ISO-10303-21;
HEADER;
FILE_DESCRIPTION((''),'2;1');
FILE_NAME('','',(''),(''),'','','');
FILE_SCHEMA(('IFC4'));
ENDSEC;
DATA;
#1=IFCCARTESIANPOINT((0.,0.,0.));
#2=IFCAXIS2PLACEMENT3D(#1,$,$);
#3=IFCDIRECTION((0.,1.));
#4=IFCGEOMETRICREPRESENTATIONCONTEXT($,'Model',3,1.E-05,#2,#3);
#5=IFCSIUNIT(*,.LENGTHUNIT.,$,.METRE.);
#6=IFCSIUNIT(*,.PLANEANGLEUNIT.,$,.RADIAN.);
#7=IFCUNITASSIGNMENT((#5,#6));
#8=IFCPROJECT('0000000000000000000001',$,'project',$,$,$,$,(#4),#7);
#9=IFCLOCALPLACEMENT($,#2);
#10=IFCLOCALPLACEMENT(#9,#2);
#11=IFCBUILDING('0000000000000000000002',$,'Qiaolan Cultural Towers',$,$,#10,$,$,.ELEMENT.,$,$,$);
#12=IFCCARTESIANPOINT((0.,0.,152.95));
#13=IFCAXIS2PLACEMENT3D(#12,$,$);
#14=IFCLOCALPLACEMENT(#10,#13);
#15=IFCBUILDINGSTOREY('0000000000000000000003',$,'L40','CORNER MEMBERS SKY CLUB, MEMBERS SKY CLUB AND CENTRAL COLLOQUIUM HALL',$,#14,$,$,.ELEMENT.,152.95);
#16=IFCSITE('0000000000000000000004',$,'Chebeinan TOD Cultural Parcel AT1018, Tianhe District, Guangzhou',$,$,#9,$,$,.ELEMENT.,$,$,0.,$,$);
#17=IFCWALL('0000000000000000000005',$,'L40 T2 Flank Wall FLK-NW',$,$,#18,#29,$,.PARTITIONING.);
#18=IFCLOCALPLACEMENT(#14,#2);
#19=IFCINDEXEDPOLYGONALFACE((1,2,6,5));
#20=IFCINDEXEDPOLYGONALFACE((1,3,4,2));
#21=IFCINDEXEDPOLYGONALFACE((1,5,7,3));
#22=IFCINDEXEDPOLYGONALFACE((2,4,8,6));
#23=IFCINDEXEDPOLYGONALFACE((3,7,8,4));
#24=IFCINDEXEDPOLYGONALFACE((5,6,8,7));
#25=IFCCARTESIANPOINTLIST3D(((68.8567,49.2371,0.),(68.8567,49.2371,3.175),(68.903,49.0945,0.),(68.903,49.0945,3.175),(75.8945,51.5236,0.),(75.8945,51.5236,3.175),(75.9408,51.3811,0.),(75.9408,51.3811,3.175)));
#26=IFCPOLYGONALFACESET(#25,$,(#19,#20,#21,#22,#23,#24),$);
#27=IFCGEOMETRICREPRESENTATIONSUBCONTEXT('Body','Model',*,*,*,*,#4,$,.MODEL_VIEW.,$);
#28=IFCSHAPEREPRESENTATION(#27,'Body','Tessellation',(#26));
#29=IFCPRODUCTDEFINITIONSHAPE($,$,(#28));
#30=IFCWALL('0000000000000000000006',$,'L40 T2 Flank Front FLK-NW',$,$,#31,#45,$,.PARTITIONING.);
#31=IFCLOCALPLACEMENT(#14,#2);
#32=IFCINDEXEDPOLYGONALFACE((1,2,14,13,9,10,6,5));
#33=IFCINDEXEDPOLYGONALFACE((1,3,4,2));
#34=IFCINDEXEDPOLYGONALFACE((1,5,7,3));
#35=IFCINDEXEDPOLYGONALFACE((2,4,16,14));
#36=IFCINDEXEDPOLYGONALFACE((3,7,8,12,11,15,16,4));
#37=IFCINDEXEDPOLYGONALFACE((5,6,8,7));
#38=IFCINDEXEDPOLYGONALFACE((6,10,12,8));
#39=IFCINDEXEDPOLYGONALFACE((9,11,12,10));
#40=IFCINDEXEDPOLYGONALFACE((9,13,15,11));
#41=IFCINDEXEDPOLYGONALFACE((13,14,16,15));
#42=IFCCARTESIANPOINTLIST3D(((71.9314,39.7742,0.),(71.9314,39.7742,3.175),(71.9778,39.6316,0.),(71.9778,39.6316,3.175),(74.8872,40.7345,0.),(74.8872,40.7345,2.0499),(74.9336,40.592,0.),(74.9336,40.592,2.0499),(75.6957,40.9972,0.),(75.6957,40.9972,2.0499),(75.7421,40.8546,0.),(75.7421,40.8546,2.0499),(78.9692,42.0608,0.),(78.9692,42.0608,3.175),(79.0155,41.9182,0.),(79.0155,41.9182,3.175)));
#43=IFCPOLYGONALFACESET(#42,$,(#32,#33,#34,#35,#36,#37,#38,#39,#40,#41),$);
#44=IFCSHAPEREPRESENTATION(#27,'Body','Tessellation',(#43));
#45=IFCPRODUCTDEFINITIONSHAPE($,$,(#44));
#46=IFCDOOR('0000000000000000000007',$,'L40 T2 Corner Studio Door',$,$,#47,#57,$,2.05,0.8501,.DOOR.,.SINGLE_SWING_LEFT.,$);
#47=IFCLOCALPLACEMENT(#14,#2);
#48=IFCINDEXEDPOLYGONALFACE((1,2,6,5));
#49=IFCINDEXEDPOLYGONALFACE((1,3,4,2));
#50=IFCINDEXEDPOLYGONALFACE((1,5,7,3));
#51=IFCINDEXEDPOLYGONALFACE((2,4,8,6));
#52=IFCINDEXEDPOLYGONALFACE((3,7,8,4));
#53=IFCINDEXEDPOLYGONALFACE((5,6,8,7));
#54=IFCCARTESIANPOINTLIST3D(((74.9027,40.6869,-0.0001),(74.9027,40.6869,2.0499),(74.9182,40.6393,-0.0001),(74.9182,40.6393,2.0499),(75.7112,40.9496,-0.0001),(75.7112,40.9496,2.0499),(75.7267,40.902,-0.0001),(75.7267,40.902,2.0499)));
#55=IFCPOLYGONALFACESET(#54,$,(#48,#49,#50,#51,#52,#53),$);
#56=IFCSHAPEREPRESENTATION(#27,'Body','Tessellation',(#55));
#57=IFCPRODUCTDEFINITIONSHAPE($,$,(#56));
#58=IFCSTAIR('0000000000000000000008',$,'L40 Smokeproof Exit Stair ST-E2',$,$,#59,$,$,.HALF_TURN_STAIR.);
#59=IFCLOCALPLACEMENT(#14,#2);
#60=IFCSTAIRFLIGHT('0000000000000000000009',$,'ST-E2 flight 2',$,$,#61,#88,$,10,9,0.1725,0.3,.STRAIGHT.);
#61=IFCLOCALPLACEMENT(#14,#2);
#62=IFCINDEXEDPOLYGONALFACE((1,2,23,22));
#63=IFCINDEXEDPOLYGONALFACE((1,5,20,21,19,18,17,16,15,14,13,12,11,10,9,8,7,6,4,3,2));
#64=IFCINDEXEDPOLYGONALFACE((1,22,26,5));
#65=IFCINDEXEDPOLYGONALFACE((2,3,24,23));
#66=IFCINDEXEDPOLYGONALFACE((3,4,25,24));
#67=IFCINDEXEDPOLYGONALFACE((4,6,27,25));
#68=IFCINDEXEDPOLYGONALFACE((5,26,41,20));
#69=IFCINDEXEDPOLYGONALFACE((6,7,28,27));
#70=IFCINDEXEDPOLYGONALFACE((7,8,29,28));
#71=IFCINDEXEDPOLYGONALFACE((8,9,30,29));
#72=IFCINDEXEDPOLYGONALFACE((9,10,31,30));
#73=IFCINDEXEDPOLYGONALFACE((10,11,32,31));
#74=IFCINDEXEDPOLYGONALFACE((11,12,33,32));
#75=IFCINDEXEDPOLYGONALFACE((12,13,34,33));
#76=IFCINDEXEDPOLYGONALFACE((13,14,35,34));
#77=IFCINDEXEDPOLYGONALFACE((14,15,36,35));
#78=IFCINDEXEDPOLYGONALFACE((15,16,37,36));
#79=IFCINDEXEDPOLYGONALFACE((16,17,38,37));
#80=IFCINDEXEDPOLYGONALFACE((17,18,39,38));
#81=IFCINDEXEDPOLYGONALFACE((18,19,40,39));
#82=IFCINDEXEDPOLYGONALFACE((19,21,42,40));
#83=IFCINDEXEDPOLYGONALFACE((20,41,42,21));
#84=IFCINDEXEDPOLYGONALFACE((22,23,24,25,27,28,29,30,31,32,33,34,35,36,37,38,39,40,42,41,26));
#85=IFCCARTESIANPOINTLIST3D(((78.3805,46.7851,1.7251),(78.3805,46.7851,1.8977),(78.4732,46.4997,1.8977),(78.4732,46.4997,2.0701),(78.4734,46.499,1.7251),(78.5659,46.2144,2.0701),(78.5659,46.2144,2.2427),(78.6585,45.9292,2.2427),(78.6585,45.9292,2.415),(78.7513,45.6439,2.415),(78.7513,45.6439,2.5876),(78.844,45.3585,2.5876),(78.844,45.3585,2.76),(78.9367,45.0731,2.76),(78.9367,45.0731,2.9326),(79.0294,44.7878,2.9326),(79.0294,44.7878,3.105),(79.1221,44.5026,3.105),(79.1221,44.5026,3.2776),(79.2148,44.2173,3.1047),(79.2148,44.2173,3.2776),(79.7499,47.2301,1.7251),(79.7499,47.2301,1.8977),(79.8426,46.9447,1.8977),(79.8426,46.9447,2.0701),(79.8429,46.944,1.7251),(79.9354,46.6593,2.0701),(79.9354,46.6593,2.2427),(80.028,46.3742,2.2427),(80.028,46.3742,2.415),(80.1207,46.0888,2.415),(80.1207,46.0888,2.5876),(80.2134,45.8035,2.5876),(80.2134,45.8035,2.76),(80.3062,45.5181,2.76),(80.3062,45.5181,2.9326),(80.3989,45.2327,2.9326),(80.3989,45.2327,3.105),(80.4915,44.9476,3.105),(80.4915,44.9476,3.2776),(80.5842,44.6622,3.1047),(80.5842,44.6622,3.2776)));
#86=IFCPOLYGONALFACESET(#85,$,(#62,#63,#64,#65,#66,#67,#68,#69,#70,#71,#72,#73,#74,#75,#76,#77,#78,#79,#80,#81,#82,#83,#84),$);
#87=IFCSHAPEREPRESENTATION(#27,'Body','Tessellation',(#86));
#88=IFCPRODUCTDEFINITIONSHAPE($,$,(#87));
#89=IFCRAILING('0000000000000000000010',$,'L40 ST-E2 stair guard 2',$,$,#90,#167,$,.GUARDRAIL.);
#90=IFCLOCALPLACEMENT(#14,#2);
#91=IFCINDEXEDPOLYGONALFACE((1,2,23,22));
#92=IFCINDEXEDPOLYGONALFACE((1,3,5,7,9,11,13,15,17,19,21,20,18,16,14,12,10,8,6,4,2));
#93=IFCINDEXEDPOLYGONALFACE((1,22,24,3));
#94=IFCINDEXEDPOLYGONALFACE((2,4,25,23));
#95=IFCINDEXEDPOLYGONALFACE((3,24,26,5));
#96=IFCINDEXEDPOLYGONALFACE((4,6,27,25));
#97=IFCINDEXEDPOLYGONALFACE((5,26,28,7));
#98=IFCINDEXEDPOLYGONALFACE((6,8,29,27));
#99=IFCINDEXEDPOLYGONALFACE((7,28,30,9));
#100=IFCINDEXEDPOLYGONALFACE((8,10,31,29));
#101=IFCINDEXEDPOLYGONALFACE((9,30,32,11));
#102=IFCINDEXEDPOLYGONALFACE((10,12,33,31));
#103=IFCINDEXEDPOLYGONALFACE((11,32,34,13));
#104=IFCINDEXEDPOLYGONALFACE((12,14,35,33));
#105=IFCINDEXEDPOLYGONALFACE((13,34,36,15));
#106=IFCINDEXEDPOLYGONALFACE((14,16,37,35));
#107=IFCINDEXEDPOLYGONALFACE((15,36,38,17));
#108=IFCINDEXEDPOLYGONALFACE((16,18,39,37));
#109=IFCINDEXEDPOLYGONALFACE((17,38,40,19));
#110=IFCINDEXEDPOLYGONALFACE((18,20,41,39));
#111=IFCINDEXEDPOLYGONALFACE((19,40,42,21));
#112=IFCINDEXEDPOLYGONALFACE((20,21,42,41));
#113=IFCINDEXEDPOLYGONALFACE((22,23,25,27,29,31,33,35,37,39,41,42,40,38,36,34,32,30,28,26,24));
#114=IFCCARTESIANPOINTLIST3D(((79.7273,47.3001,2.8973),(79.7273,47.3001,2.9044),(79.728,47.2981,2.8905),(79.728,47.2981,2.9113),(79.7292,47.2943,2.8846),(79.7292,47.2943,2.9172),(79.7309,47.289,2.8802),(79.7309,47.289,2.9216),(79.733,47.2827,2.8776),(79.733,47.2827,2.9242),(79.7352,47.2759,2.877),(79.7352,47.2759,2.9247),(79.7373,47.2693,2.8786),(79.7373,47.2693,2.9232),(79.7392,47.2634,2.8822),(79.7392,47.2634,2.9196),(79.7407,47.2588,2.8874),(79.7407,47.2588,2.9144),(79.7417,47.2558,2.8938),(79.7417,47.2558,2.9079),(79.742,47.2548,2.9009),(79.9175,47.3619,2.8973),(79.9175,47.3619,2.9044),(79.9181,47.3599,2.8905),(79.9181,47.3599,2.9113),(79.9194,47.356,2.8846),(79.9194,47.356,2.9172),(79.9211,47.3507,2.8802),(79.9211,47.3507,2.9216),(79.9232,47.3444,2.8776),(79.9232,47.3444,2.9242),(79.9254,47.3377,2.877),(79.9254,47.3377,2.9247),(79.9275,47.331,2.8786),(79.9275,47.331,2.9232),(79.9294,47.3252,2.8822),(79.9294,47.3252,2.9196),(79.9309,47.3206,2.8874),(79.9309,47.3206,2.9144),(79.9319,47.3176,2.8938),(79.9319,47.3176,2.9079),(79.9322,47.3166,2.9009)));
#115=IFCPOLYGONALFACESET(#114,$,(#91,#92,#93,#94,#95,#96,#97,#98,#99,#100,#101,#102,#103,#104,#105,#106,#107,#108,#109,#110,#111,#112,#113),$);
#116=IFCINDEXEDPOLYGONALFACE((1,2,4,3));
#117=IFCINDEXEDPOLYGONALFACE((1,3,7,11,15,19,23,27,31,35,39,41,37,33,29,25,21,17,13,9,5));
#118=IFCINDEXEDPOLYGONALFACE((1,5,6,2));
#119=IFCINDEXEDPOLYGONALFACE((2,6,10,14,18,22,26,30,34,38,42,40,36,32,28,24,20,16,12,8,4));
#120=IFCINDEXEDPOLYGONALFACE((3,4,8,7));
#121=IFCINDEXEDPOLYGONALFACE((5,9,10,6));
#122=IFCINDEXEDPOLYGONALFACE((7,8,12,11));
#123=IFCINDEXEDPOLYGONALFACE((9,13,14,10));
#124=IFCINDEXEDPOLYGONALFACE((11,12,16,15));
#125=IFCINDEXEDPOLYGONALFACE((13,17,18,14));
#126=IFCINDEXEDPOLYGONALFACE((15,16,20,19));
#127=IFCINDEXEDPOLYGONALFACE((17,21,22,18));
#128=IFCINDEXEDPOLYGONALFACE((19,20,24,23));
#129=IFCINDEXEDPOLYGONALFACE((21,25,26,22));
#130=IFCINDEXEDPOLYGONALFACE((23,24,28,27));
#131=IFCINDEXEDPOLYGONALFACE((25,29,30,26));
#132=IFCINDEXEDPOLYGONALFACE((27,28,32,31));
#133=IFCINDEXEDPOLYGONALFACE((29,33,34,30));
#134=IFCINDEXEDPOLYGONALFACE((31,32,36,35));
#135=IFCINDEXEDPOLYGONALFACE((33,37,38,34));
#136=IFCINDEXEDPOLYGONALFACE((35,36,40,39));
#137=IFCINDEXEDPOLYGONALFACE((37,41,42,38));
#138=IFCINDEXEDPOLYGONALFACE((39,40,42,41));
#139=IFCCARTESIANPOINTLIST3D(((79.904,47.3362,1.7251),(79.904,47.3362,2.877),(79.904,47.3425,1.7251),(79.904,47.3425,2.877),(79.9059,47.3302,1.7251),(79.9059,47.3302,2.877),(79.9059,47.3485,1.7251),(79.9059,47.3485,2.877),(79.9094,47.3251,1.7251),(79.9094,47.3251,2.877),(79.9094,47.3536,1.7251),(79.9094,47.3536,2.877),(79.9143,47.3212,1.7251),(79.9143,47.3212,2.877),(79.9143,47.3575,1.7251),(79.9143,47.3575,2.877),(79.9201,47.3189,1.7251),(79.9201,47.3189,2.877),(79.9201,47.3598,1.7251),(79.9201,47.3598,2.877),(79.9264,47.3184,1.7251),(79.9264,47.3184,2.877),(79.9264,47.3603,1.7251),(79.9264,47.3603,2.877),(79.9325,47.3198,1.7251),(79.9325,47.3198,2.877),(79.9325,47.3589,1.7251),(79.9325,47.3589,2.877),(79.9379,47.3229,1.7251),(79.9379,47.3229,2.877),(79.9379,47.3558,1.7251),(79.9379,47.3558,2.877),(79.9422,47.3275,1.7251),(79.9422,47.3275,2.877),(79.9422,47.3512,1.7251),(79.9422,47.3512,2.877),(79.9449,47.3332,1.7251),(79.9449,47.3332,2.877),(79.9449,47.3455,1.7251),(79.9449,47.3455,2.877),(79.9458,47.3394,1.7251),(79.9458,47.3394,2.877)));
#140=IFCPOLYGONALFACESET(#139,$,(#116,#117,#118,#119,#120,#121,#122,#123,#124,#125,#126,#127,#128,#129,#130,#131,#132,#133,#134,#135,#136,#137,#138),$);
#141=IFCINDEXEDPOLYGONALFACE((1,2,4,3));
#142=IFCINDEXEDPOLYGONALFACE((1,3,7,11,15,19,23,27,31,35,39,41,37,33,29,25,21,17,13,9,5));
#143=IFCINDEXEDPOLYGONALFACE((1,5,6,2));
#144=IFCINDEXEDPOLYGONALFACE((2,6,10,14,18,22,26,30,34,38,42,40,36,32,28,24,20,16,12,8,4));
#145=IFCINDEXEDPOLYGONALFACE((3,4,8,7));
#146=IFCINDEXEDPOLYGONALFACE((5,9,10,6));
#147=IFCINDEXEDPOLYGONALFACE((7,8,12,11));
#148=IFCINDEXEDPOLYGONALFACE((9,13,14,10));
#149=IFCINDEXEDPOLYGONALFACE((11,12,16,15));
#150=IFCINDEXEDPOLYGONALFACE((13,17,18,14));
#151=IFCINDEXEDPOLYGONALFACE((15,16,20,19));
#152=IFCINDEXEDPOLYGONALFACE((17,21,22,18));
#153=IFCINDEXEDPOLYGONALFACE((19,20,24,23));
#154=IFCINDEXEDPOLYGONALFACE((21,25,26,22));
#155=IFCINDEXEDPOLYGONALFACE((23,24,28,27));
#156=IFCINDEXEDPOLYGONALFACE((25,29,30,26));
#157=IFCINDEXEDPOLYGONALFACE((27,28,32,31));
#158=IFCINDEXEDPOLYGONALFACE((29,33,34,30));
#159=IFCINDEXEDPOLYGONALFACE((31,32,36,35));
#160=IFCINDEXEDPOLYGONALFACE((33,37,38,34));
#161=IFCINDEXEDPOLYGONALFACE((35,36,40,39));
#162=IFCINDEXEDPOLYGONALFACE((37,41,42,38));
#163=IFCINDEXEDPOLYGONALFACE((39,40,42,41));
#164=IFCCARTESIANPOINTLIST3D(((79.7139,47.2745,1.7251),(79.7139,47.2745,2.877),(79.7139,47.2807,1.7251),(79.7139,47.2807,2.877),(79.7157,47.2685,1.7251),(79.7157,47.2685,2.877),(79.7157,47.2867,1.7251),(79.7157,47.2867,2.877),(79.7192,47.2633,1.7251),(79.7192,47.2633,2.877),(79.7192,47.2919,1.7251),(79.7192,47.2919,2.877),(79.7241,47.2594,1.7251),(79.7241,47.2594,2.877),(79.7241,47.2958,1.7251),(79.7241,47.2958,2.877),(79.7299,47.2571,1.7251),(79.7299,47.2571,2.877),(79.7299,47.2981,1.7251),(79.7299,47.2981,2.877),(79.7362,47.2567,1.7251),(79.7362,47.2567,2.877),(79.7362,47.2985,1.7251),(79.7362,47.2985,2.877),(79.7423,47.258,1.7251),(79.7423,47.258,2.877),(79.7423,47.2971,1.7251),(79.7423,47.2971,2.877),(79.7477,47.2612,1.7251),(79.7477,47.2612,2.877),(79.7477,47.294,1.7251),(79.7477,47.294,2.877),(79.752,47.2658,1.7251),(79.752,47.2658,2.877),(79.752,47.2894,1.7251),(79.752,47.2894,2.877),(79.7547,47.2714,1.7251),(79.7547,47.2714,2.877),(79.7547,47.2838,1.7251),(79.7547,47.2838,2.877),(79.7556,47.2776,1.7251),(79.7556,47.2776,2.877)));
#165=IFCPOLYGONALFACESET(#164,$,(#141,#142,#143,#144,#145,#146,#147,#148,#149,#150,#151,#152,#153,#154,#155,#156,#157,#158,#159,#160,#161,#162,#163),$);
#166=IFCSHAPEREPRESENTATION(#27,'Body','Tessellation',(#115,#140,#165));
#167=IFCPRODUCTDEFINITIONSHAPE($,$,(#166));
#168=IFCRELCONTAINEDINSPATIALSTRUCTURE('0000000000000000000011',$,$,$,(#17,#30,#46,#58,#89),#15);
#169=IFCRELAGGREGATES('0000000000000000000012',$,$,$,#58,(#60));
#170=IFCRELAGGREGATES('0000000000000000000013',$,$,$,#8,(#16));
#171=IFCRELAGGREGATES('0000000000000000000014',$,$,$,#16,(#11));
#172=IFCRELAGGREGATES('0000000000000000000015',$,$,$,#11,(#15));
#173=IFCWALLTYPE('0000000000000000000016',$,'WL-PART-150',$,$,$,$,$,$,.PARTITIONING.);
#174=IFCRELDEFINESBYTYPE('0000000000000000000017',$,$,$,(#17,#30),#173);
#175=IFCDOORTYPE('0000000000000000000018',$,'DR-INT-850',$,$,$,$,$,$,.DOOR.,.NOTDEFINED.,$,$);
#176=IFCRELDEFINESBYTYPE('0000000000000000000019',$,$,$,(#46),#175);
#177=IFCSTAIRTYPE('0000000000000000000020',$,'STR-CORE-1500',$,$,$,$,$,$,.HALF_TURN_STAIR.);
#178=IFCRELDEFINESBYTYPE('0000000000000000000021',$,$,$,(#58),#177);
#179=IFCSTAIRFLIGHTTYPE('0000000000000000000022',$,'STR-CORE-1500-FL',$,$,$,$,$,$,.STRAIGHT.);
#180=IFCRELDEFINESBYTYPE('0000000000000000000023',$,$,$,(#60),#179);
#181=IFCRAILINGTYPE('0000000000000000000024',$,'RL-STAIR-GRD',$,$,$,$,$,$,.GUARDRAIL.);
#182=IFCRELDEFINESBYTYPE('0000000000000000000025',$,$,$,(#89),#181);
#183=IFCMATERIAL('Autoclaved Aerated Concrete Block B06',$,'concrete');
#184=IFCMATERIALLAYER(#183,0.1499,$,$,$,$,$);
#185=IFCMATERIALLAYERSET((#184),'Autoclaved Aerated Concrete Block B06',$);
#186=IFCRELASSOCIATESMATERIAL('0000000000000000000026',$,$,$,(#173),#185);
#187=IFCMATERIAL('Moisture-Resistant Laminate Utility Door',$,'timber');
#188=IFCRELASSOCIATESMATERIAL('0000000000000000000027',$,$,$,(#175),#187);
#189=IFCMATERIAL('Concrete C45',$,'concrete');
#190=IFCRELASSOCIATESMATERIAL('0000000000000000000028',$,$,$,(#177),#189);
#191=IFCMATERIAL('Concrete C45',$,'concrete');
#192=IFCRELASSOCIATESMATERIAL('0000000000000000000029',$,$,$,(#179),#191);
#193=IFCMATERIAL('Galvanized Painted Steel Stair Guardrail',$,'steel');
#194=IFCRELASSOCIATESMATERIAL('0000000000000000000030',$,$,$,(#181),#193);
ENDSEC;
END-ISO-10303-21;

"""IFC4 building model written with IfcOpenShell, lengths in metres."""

from ifc_helpers import new_model, si_unit, direction, frame, frame_2d, origin, origin_2d, place, context, subcontext, project, spatial, polyline, rectangle, circle, outline, extrude, material, layer, layer_set, type_object, element, fill, aggregate, save


model = new_model("IFC4")

# Units and contexts
model_context = context("Model", 3, precision=1e-05, world=origin(), true_north=direction((0.0, 1.0)))
body_context = subcontext(model_context, "Body", "Model", "MODEL_VIEW")
ifc_project = project(units=[si_unit("LENGTHUNIT", "METRE"), si_unit("PLANEANGLEUNIT", "RADIAN")], contexts=[model_context])

# Site, building, storey
site_placement = place(None, origin())
site = spatial("IfcSite", under=ifc_project, at=site_placement, Name="Chebeinan TOD Cultural Parcel AT1018, Tianhe District, Guangzhou", CompositionType="ELEMENT", RefElevation=0.0)
building_placement = place(site_placement, origin())
building = spatial("IfcBuilding", under=site, at=building_placement, Name="Qiaolan Cultural Towers", CompositionType="ELEMENT")
storey_placement = place(building_placement, frame((0.0, 0.0, 152.95)))
storey = spatial("IfcBuildingStorey", under=building, at=storey_placement, Name="L40", Description="CORNER MEMBERS SKY CLUB, MEMBERS SKY CLUB AND CENTRAL COLLOQUIUM HALL", CompositionType="ELEMENT", Elevation=152.95)

# Wall
ifc_material_1 = material(Name="Autoclaved Aerated Concrete Block B06", Category="concrete")
ifc_layer_1 = layer(ifc_material_1, 0.1499)
ifc_layer_set_1 = layer_set([ifc_layer_1], Name="Autoclaved Aerated Concrete Block B06")
wall_type_1 = type_object("IfcWallType", Name="WL-PART-150", PredefinedType="PARTITIONING", material=ifc_layer_set_1)
wall_1_placement = place(storey_placement, frame((68.8799, 49.1658, 0.0), z_axis=(0.0, 0.0, 1.0), x_axis=(0.951061, 0.309003, 0.0)))
element("IfcWall", 1, at=wall_1_placement, inside=storey, type_object=wall_type_1, Name="L40 T2 Flank Wall FLK-NW", PredefinedType="PARTITIONING", context=body_context, shape_type="SweptSolid", body=[
    extrude(rectangle(XDim=7.3999, YDim=0.1499, at=frame_2d((3.7, 0.0))), origin(), (0.0, 0.0, 1.0), 3.175),
])

# Wall, opening, door
wall_2_placement = place(storey_placement, frame((71.9546, 39.7029, 0.0), z_axis=(0.0, 0.0, 1.0), x_axis=(0.951061, 0.309003, 0.0)))
wall_2 = element("IfcWall", 2, at=wall_2_placement, inside=storey, type_object=wall_type_1, Name="L40 T2 Flank Front FLK-NW", PredefinedType="PARTITIONING", context=body_context, shape_type="SweptSolid", body=[
    extrude(rectangle(XDim=7.3999, YDim=0.1499, at=frame_2d((3.7, 0.0))), origin(), (0.0, 0.0, 1.0), 3.175),
])
opening_placement = place(wall_2_placement, frame((3.1079, 0.0, 0.0)))
opening = element("IfcOpeningElement", 3, at=opening_placement, cuts=wall_2, PredefinedType="OPENING", context=body_context, shape_type="SweptSolid", body=[
    extrude(rectangle(XDim=0.8501, YDim=2.05, at=frame_2d((0.425, 1.0249))), frame((0.0, 0.085, 0.0), z_axis=(0.0, -1.0, 0.0), x_axis=(1.0, 0.0, 0.0)), (0.0, 0.0, 1.0), 0.1699),
])
ifc_material_2 = material(Name="Moisture-Resistant Laminate Utility Door", Category="timber")
door_type = type_object("IfcDoorType", Name="DR-INT-850", OperationType="NOTDEFINED", PredefinedType="DOOR", material=ifc_material_2)
door_placement = place(opening_placement, origin())
door = element("IfcDoor", 4, at=door_placement, inside=storey, type_object=door_type, Name="L40 T2 Corner Studio Door", OperationType="SINGLE_SWING_LEFT", OverallHeight=2.05, OverallWidth=0.8501, PredefinedType="DOOR", context=body_context, shape_type="SweptSolid", body=[
    extrude(rectangle(XDim=0.8501, YDim=2.05, at=frame_2d((0.425, 1.0249))), frame((0.0, 0.0249, 0.0), z_axis=(0.0, -1.0, 0.0), x_axis=(1.0, 0.0, 0.0)), (0.0, 0.0, 1.0), 0.05),
])
fill(opening, door)

# Stair, stair flight
ifc_material_3 = material(Name="Concrete C45", Category="concrete")
stair_type = type_object("IfcStairType", Name="STR-CORE-1500", PredefinedType="HALF_TURN_STAIR", material=ifc_material_3)
stair_placement = place(storey_placement, origin())
stair = element("IfcStair", 5, at=stair_placement, inside=storey, type_object=stair_type, Name="L40 Smokeproof Exit Stair ST-E2", PredefinedType="HALF_TURN_STAIR")
ifc_material_4 = material(Name="Concrete C45", Category="concrete")
stair_flight_type = type_object("IfcStairFlightType", Name="STR-CORE-1500-FL", PredefinedType="STRAIGHT", material=ifc_material_4)
stair_flight_placement = place(storey_placement, frame((79.0652, 47.0076, 1.7251), z_axis=(0.0, 0.0, 1.0), x_axis=(0.309017, -0.951057, 0.0)))
stair_flight = element("IfcStairFlight", 6, at=stair_flight_placement, type_object=stair_flight_type, Name="ST-E2 flight 2", NumberOfRisers=10, NumberOfTreads=9, PredefinedType="STRAIGHT", RiserHeight=0.1725, TreadLength=0.3, context=body_context, shape_type="SweptSolid", body=[
    extrude(outline(polyline([(0.0, 0.0), (0.0, 0.1726), (0.3, 0.1726), (0.3, 0.345), (0.6001, 0.345), (0.6001, 0.5176), (0.8999, 0.5176), (0.8999, 0.6899), (1.2, 0.6899), (1.2, 0.8625), (1.5, 0.8625), (1.5, 1.0349), (1.8, 1.0349), (1.8, 1.2075), (2.1001, 1.2075), (2.1001, 1.3799), (2.3999, 1.3799), (2.3999, 1.5525), (2.7, 1.5525), (2.7, 1.7251), (2.7, 1.3796), (0.3008, 0.0), (0.0, 0.0)])), frame((0.0, 0.72, 0.0), z_axis=(0.0, -1.0, 0.0), x_axis=(1.0, 0.0, 0.0)), (0.0, 0.0, 1.0), 1.4399),
])
aggregate(stair, [stair_flight])

# Railing
ifc_material_5 = material(Name="Galvanized Painted Steel Stair Guardrail", Category="steel")
railing_type_1 = type_object("IfcRailingType", Name="RL-STAIR-GRD", PredefinedType="GUARDRAIL", material=ifc_material_5)
railing_1_placement = place(storey_placement, frame((79.9248, 47.3394, 1.7251)))
element("IfcRailing", 7, at=railing_1_placement, inside=storey, type_object=railing_type_1, Name="L40 ST-E2 stair guard 2", PredefinedType="GUARDRAIL", context=body_context, shape_type="SweptSolid", body=[
    extrude(circle(Radius=0.0239, at=origin_2d()), frame((0.0, 0.0, 1.1758), z_axis=(-0.951097, -0.308893, 0.0), x_axis=(0.308893, -0.951097, 0.0)), (0.0, 0.0, 1.0), 0.2),
    extrude(circle(Radius=0.021, at=origin_2d()), origin(), (0.0, 0.0, 1.0), 1.1519),
    extrude(circle(Radius=0.021, at=origin_2d()), frame((-0.1902, -0.0618, 0.0)), (0.0, 0.0, 1.0), 1.1519),
])

save(model, "model.ifc")
